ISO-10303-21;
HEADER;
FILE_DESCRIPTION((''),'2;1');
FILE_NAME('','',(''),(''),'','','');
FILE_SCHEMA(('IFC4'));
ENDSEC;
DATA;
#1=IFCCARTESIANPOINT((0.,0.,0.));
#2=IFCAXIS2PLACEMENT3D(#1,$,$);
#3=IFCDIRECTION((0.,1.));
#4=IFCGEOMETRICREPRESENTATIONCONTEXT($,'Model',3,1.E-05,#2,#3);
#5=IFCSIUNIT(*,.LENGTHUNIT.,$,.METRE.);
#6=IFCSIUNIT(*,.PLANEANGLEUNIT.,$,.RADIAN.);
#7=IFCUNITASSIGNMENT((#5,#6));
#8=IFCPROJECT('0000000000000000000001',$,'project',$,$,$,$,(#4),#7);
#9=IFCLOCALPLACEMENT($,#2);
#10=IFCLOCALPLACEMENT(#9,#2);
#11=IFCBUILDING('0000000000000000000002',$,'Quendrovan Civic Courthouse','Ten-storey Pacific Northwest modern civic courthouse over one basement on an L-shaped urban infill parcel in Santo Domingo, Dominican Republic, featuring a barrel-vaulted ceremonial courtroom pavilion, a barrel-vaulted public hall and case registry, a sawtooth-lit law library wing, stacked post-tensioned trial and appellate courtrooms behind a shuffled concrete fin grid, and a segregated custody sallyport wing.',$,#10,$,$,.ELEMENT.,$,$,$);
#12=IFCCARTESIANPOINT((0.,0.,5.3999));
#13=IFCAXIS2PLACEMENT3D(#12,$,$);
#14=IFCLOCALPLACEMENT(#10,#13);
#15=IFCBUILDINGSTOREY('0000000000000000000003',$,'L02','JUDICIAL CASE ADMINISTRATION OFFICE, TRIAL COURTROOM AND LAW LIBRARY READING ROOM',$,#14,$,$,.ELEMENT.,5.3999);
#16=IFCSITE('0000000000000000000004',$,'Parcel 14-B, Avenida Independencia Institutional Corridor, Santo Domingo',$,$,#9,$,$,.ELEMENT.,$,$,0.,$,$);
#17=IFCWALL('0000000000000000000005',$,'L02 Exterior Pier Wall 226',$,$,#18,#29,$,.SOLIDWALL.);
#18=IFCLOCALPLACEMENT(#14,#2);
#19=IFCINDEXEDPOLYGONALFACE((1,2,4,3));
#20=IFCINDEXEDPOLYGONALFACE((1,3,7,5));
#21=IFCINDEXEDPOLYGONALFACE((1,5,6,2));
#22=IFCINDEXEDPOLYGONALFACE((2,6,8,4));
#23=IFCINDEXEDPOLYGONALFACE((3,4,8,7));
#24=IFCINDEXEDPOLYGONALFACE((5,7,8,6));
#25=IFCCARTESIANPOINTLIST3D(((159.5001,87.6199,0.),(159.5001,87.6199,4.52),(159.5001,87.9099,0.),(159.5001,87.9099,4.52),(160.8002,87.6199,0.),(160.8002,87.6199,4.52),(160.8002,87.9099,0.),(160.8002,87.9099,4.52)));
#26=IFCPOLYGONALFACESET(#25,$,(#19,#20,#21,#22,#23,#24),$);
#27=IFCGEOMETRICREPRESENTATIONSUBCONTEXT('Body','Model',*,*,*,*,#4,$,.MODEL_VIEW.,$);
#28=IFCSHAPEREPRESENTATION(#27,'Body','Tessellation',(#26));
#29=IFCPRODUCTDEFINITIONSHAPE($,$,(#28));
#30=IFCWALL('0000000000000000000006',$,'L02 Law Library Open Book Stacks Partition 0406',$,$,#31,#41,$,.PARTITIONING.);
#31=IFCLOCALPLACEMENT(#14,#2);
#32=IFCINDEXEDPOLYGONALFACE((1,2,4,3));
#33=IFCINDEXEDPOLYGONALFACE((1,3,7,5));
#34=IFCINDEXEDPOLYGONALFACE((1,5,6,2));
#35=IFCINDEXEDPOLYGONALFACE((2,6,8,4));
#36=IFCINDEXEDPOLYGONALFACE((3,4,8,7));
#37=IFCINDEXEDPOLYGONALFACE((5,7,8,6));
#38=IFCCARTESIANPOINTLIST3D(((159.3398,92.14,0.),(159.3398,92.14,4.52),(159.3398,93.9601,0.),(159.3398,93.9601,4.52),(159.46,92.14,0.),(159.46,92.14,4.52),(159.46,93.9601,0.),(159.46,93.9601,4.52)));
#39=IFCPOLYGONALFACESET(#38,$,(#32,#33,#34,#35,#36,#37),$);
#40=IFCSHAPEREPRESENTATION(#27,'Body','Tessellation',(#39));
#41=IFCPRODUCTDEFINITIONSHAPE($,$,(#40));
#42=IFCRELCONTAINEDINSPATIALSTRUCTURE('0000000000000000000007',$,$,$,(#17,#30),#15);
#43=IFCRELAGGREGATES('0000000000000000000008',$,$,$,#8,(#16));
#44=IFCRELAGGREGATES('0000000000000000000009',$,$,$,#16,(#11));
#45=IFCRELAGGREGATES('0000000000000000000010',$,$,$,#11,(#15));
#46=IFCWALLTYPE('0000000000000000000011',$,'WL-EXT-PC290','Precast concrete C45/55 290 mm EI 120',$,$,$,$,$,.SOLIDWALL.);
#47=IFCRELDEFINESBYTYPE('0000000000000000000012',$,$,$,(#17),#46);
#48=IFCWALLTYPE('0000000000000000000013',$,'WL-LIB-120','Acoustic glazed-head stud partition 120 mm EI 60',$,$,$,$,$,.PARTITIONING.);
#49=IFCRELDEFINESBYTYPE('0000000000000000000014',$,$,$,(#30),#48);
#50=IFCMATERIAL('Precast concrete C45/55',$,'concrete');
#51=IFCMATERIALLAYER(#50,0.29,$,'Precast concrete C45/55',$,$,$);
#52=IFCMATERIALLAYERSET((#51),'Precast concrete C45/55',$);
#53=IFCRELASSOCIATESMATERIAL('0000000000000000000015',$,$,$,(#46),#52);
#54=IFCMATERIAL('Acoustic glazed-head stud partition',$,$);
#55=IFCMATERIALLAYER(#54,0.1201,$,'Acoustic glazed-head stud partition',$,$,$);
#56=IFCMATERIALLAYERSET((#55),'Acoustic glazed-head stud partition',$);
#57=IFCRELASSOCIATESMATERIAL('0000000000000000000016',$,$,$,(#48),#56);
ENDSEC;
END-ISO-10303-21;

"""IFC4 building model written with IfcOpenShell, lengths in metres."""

from ifc_helpers import new_model, si_unit, direction, frame, frame_2d, origin, place, context, subcontext, project, spatial, rectangle, extrude, material, layer, layer_set, type_object, element, save


model = new_model("IFC4")

# Units and contexts
model_context = context("Model", 3, precision=1e-05, world=origin(), true_north=direction((0.0, 1.0)))
body_context = subcontext(model_context, "Body", "Model", "MODEL_VIEW")
ifc_project = project(units=[si_unit("LENGTHUNIT", "METRE"), si_unit("PLANEANGLEUNIT", "RADIAN")], contexts=[model_context])

# Site, building, storey
site_placement = place(None, origin())
site = spatial("IfcSite", under=ifc_project, at=site_placement, Name="Parcel 14-B, Avenida Independencia Institutional Corridor, Santo Domingo", CompositionType="ELEMENT", RefElevation=0.0)
building_placement = place(site_placement, origin())
building = spatial("IfcBuilding", under=site, at=building_placement, Name="Quendrovan Civic Courthouse", Description="Ten-storey Pacific Northwest modern civic courthouse over one basement on an L-shaped urban infill parcel in Santo Domingo, Dominican Republic, featuring a barrel-vaulted ceremonial courtroom pavilion, a barrel-vaulted public hall and case registry, a sawtooth-lit law library wing, stacked post-tensioned trial and appellate courtrooms behind a shuffled concrete fin grid, and a segregated custody sallyport wing.", CompositionType="ELEMENT")
storey_placement = place(building_placement, frame((0.0, 0.0, 5.3999)))
storey = spatial("IfcBuildingStorey", under=building, at=storey_placement, Name="L02", Description="JUDICIAL CASE ADMINISTRATION OFFICE, TRIAL COURTROOM AND LAW LIBRARY READING ROOM", CompositionType="ELEMENT", Elevation=5.3999)

# Walls
ifc_material_1 = material(Name="Precast concrete C45/55", Category="concrete")
ifc_layer_1 = layer(ifc_material_1, 0.29, Name="Precast concrete C45/55")
ifc_layer_set_1 = layer_set([ifc_layer_1], Name="Precast concrete C45/55")
wall_type_1 = type_object("IfcWallType", Name="WL-EXT-PC290", Description="Precast concrete C45/55 290 mm EI 120", PredefinedType="SOLIDWALL", material=ifc_layer_set_1)
wall_1_placement = place(storey_placement, frame((160.8, 87.7649, 0.0), z_axis=(0.0, 0.0, 1.0), x_axis=(-1.0, 0.0, 0.0)))
element("IfcWall", 1, at=wall_1_placement, inside=storey, type_object=wall_type_1, Name="L02 Exterior Pier Wall 226", PredefinedType="SOLIDWALL", context=body_context, shape_type="SweptSolid", body=[
    extrude(rectangle(XDim=1.3, YDim=0.29, at=frame_2d((0.6499, 0.0))), origin(), (0.0, 0.0, 1.0), 4.52),
])
ifc_material_2 = material(Name="Acoustic glazed-head stud partition")
ifc_layer_2 = layer(ifc_material_2, 0.1201, Name="Acoustic glazed-head stud partition")
ifc_layer_set_2 = layer_set([ifc_layer_2], Name="Acoustic glazed-head stud partition")
wall_type_2 = type_object("IfcWallType", Name="WL-LIB-120", Description="Acoustic glazed-head stud partition 120 mm EI 60", PredefinedType="PARTITIONING", material=ifc_layer_set_2)
wall_2_placement = place(storey_placement, frame((159.3999, 92.1399, 0.0), z_axis=(0.0, 0.0, 1.0), x_axis=(0.0, 1.0, 0.0)))
element("IfcWall", 2, at=wall_2_placement, inside=storey, type_object=wall_type_2, Name="L02 Law Library Open Book Stacks Partition 0406", PredefinedType="PARTITIONING", context=body_context, shape_type="SweptSolid", body=[
    extrude(rectangle(XDim=1.8201, YDim=0.1201, at=frame_2d((0.9102, 0.0))), origin(), (0.0, 0.0, 1.0), 4.52),
])

save(model, "model.ifc")
